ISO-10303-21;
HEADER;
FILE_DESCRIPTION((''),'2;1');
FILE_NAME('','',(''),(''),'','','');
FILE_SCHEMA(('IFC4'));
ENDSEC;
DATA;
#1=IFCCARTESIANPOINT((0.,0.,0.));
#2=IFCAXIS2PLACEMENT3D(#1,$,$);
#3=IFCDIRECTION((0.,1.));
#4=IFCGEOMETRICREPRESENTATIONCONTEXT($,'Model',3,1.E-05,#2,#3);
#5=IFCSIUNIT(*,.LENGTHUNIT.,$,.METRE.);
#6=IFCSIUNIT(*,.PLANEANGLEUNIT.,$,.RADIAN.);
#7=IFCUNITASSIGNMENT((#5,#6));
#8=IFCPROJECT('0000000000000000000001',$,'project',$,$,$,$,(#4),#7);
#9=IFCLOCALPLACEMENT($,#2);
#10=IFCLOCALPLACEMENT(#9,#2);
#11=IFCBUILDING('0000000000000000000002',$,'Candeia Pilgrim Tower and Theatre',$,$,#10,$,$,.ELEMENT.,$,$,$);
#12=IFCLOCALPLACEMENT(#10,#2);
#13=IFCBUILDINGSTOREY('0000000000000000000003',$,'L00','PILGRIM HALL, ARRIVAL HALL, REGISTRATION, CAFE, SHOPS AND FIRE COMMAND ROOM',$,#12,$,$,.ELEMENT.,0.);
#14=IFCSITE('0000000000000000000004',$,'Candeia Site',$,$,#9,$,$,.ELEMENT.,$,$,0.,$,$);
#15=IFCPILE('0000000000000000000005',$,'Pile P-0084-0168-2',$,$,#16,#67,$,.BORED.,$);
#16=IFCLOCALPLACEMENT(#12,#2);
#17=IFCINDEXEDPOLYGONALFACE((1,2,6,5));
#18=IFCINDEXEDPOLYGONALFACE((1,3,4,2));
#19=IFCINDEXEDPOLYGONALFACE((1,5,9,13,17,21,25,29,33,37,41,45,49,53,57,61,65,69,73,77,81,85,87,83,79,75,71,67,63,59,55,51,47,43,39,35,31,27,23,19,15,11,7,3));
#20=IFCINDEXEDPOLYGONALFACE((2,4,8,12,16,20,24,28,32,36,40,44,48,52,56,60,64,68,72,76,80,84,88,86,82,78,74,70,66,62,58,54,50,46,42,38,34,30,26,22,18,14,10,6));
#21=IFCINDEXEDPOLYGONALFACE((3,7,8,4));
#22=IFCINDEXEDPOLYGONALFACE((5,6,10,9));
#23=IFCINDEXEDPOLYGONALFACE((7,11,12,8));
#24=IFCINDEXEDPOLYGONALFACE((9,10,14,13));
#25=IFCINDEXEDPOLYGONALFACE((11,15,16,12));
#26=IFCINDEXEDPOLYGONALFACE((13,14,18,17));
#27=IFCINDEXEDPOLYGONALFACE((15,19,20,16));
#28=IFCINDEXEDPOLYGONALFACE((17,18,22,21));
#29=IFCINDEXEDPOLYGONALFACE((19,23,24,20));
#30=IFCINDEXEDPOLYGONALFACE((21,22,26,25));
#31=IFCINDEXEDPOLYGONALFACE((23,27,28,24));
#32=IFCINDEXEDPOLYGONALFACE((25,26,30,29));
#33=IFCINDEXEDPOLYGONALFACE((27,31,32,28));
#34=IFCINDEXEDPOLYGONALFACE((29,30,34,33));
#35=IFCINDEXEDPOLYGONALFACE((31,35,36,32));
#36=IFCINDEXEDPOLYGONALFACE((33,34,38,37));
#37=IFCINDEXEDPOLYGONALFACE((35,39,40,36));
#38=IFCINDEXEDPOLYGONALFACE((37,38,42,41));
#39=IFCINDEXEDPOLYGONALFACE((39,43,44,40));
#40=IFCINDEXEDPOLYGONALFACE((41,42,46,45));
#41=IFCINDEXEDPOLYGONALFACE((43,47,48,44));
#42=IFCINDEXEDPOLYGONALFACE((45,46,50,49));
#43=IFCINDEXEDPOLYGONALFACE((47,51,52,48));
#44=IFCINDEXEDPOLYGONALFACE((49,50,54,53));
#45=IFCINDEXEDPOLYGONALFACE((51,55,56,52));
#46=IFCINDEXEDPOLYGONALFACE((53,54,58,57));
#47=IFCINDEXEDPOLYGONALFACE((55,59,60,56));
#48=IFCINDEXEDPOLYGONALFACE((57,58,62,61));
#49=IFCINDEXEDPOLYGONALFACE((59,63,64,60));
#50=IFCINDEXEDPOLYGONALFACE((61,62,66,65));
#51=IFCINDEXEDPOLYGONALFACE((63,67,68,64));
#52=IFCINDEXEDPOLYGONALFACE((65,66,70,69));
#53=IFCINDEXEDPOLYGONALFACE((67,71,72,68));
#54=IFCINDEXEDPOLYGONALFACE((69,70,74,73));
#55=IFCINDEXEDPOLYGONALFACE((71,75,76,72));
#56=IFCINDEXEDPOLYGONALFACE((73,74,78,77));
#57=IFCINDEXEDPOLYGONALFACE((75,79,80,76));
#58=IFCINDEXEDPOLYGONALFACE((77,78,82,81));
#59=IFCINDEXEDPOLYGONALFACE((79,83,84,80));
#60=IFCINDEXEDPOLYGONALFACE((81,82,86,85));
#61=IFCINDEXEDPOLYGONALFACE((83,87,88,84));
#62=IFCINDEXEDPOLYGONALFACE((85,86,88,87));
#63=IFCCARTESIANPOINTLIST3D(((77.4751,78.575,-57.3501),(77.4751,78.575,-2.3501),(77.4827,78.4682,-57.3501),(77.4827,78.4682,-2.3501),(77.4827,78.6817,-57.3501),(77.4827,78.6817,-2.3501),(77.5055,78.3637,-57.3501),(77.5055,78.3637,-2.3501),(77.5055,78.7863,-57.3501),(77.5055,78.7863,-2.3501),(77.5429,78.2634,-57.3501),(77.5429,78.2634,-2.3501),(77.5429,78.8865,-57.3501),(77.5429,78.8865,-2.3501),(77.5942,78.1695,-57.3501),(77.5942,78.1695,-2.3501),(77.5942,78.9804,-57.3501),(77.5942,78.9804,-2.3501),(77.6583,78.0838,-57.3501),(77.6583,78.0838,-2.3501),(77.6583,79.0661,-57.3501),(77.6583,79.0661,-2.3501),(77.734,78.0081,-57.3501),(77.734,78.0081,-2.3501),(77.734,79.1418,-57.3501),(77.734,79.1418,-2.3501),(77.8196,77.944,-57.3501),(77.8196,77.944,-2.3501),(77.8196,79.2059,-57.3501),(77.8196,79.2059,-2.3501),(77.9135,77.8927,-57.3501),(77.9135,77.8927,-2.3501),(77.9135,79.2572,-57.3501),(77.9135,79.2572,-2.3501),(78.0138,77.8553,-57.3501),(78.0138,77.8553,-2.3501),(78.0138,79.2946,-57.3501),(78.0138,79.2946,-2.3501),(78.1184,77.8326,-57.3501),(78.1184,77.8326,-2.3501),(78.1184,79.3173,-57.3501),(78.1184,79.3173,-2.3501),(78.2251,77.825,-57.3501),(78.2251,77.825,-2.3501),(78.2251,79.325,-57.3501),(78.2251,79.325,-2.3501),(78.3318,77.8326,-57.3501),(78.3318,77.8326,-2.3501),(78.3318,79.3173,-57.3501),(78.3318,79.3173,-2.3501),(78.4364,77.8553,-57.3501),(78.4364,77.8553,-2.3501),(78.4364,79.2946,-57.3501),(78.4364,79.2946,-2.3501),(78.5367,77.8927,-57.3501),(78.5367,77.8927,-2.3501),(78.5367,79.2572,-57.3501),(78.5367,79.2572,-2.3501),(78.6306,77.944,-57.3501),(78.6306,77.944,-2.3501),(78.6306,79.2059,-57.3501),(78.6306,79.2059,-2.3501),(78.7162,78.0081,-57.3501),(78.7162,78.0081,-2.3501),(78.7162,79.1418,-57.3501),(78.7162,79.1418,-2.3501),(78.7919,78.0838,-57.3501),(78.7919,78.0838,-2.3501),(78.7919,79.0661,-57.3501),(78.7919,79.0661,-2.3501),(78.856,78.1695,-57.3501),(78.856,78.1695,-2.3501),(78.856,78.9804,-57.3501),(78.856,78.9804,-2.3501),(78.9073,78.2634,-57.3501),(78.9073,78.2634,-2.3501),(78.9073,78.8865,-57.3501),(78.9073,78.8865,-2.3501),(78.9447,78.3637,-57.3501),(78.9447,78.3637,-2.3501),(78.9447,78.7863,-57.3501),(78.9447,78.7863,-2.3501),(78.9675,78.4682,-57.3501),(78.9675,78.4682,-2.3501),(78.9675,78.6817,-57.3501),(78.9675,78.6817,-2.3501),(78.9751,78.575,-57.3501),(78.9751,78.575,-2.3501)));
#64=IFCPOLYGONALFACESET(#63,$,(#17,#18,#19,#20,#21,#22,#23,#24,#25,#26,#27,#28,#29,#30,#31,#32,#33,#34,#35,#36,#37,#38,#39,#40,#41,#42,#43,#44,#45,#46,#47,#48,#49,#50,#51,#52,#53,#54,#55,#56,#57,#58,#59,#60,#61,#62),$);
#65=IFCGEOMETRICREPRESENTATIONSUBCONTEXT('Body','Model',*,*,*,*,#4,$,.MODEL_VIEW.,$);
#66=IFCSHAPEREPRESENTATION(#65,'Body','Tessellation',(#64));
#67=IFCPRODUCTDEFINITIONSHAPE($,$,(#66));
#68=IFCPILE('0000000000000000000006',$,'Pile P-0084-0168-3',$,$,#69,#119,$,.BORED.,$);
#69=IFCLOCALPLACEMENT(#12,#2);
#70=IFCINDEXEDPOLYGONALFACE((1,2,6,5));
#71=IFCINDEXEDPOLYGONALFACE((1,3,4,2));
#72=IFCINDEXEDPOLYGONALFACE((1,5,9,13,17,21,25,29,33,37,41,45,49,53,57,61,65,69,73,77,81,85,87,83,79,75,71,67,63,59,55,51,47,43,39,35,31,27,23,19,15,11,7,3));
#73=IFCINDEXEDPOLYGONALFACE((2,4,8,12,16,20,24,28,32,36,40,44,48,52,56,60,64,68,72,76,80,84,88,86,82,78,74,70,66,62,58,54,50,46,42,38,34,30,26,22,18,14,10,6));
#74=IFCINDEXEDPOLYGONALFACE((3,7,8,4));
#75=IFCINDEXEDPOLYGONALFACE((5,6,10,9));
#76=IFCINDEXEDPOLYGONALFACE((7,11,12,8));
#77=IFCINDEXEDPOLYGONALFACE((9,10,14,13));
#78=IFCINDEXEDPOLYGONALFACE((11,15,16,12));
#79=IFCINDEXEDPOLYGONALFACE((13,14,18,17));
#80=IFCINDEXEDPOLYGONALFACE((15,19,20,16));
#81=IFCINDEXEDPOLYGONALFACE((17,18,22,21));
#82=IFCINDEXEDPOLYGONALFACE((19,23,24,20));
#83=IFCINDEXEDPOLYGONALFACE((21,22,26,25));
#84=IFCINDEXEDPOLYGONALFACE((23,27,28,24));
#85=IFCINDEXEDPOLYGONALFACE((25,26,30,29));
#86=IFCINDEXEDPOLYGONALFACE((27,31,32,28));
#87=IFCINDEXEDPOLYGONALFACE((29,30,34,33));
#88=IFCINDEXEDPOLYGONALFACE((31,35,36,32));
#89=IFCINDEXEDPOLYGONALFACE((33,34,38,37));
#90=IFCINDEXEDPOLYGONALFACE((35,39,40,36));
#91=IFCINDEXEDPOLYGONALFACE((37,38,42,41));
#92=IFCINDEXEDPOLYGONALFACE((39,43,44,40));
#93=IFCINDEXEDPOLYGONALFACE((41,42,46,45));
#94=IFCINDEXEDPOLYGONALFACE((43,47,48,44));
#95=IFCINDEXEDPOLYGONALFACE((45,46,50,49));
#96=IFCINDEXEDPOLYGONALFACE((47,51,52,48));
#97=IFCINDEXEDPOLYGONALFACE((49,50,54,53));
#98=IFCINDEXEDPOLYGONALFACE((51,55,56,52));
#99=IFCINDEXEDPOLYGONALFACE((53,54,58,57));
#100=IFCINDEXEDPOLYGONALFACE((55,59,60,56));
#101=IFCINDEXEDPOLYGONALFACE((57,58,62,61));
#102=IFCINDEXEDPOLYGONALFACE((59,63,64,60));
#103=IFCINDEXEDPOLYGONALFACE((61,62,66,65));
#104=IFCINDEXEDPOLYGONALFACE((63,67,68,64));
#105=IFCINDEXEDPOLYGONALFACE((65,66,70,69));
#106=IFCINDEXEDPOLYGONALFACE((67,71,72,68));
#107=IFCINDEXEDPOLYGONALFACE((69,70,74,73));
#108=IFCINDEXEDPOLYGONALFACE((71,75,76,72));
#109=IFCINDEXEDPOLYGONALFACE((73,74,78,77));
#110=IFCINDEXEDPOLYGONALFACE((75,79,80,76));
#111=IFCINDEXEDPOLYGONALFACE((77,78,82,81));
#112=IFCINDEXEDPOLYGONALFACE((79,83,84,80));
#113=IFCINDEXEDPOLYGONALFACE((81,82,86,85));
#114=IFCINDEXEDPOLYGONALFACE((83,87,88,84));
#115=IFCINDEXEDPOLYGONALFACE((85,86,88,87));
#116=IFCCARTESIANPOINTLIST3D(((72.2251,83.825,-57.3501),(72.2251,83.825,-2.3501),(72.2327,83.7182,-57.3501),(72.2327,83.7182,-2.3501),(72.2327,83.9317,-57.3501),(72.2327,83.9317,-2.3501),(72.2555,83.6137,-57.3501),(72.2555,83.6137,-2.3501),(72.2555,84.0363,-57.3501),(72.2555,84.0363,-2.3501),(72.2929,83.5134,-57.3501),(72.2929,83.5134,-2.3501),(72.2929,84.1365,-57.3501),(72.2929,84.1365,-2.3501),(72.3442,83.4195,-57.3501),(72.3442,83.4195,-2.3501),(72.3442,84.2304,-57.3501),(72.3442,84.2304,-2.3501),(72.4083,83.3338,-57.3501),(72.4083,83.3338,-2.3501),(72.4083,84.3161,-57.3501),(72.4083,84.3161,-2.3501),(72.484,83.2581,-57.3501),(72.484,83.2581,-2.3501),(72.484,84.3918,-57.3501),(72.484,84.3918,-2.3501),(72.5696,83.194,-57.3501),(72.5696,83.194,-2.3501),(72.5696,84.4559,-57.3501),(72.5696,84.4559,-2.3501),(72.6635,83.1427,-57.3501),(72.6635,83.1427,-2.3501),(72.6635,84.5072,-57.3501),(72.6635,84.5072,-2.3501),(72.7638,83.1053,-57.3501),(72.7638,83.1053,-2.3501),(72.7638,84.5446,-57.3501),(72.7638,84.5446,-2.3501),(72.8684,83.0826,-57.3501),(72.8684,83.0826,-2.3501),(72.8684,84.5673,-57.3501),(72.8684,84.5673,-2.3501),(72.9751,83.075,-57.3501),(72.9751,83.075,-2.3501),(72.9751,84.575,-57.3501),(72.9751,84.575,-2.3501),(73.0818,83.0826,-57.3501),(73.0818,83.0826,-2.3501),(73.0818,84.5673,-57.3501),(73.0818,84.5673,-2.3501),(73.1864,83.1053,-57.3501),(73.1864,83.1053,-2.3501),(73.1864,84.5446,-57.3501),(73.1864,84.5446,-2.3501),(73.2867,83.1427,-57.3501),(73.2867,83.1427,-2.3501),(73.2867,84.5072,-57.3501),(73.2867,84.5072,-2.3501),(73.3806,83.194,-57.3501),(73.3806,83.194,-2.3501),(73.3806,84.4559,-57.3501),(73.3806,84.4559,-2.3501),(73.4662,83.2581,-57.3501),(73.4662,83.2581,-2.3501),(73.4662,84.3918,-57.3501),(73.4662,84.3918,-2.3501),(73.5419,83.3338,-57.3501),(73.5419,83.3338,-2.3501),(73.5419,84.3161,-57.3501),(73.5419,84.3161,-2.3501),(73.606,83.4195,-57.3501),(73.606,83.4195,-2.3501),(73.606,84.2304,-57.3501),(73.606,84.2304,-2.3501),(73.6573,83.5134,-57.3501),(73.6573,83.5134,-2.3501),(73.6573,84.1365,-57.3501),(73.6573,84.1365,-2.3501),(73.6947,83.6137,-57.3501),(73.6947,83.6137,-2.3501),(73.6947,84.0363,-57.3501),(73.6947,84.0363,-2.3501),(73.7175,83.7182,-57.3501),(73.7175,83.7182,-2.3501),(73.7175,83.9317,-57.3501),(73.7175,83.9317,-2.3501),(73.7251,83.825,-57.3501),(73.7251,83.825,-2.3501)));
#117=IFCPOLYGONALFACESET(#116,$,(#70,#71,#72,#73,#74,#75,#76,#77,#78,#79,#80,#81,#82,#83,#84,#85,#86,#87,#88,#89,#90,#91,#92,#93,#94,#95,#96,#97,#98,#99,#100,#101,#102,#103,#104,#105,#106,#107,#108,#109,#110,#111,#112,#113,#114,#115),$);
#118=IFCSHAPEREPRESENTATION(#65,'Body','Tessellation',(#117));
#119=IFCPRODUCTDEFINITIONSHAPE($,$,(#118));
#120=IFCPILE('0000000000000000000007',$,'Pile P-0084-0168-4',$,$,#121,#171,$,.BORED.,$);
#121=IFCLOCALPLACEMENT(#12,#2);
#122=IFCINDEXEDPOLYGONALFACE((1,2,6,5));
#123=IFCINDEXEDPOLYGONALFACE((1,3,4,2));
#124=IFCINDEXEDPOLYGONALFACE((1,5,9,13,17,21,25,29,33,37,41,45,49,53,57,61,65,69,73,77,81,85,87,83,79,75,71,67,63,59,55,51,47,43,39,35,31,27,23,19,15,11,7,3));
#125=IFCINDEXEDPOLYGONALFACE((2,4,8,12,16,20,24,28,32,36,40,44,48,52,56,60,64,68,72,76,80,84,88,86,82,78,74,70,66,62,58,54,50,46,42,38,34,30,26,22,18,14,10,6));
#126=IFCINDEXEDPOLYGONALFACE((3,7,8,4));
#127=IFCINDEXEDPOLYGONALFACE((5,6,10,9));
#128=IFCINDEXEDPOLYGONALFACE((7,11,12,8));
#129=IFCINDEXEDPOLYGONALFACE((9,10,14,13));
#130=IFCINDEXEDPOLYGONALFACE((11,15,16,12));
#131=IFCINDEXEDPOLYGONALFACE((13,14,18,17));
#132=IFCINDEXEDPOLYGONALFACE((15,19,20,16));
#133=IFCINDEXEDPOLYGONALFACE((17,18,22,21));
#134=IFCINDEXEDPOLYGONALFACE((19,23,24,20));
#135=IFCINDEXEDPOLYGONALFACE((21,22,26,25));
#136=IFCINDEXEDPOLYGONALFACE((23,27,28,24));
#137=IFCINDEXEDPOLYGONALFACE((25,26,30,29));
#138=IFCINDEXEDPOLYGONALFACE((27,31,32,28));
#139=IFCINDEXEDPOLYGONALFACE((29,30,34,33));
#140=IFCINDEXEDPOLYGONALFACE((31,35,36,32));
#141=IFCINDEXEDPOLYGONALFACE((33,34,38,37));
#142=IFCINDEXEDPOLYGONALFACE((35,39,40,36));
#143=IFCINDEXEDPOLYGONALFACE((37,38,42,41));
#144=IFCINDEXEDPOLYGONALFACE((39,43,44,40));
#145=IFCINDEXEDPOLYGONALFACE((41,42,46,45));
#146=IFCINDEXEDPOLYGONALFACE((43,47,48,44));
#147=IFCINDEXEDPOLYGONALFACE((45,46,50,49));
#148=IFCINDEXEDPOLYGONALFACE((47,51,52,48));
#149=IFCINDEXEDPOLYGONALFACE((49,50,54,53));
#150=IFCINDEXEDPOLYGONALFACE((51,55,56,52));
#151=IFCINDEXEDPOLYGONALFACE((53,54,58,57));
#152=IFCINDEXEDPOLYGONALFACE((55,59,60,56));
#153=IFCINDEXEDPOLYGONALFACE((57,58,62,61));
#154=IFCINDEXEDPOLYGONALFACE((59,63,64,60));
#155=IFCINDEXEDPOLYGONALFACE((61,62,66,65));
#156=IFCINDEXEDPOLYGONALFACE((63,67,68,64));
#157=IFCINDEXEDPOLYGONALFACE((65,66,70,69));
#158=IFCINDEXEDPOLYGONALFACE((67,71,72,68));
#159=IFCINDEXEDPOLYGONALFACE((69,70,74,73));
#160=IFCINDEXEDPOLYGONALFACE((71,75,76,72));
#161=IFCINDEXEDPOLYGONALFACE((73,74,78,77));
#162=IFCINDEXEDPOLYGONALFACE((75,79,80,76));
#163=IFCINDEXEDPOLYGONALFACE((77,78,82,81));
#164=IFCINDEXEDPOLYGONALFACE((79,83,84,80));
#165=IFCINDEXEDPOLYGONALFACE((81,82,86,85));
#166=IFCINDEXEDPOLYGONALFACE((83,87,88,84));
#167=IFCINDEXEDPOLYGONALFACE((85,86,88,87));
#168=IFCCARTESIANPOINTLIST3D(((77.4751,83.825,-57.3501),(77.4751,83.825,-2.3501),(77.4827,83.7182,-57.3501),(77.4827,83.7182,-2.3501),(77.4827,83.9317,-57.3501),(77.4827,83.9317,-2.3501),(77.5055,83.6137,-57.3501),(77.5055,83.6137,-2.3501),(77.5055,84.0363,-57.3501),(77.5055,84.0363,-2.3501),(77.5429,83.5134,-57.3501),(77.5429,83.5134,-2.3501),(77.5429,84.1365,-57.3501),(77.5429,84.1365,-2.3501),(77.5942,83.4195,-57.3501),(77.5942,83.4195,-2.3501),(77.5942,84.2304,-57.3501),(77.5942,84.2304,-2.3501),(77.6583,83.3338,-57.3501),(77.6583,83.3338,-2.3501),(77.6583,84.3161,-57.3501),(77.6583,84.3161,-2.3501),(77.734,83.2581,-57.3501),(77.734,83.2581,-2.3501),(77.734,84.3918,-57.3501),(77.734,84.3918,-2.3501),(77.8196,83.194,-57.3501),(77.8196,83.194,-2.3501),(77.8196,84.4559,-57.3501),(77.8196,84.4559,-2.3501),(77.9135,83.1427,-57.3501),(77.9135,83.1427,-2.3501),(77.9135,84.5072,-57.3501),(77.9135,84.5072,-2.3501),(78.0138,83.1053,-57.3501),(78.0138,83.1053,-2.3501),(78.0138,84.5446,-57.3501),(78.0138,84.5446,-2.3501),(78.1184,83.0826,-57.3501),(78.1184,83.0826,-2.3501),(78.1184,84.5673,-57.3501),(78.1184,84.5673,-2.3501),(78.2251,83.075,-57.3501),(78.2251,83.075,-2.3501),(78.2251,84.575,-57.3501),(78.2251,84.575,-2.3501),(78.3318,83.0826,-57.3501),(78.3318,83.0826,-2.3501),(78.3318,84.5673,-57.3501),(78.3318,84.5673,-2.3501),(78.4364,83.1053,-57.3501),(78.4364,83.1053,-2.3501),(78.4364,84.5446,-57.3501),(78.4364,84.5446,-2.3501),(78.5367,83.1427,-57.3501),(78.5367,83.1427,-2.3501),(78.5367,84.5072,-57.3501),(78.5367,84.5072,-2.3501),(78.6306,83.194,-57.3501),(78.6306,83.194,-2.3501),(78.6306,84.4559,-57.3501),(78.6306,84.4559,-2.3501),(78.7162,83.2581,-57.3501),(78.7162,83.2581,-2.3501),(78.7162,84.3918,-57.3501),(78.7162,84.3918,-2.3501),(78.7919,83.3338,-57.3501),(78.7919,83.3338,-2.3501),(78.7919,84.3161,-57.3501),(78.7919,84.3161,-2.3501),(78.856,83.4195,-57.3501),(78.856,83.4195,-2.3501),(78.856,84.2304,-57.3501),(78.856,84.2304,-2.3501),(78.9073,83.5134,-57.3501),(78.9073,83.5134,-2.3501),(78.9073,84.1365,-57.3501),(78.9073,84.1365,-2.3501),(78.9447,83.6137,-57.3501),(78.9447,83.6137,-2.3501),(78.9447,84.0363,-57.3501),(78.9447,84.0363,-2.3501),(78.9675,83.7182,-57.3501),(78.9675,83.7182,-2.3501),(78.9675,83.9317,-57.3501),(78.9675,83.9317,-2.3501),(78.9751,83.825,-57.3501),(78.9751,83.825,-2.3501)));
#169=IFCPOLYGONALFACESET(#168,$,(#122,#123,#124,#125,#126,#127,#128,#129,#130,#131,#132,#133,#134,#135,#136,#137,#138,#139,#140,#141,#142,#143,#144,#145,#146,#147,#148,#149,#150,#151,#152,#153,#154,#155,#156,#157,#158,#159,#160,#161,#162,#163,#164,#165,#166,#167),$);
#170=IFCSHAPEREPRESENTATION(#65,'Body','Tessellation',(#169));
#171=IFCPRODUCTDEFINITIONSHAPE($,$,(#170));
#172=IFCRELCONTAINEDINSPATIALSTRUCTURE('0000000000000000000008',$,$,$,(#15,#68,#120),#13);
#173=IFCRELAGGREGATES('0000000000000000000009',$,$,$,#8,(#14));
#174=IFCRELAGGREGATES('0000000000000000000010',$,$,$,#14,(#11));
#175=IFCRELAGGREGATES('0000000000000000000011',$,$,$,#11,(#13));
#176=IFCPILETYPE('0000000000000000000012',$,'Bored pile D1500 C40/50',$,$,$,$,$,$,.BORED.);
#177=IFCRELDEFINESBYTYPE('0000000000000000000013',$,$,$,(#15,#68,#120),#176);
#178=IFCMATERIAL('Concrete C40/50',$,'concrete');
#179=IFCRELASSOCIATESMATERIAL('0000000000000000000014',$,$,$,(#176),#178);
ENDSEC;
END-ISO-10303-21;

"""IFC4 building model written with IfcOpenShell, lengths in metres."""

from ifc_helpers import new_model, si_unit, direction, frame, origin, origin_2d, place, context, subcontext, project, spatial, circle, extrude, material, material_profile, profile_set, type_object, element, save


model = new_model("IFC4")

# Units and contexts
model_context = context("Model", 3, precision=1e-05, world=origin(), true_north=direction((0.0, 1.0)))
body_context = subcontext(model_context, "Body", "Model", "MODEL_VIEW")
ifc_project = project(units=[si_unit("LENGTHUNIT", "METRE"), si_unit("PLANEANGLEUNIT", "RADIAN")], contexts=[model_context])

# Site, building, storey
site_placement = place(None, origin())
site = spatial("IfcSite", under=ifc_project, at=site_placement, Name="Candeia Site", CompositionType="ELEMENT", RefElevation=0.0)
building_placement = place(site_placement, origin())
building = spatial("IfcBuilding", under=site, at=building_placement, Name="Candeia Pilgrim Tower and Theatre", CompositionType="ELEMENT")
storey_placement = place(building_placement, origin())
storey = spatial("IfcBuildingStorey", under=building, at=storey_placement, Name="L00", Description="PILGRIM HALL, ARRIVAL HALL, REGISTRATION, CAFE, SHOPS AND FIRE COMMAND ROOM", CompositionType="ELEMENT", Elevation=0.0)

# Piles
ifc_material_1 = material(Name="Concrete C40/50", Category="concrete")
ifc_material_profile_1 = material_profile(ifc_material_1, circle(Radius=0.75, at=origin_2d()))
ifc_profile_set_1 = profile_set([ifc_material_profile_1], Name="Concrete C40/50")
pile_type = type_object("IfcPileType", Name="Bored pile D1500 C40/50", PredefinedType="BORED", material=ifc_profile_set_1)
for number, where, z_axis, x_axis, name in (
    (1, (78.2251, 78.575, -2.3501), (0.0, 0.0, -1.0), (1.0, 0.0, 0.0), "Pile P-0084-0168-2"),
    (2, (72.9751, 83.825, -2.3501), (0.0, 0.0, -1.0), (1.0, 0.0, 0.0), "Pile P-0084-0168-3"),
    (3, (78.2251, 83.825, -2.3501), (0.0, 0.0, -1.0), (1.0, 0.0, 0.0), "Pile P-0084-0168-4"),
):
    element("IfcPile", number, at=place(storey_placement, frame(where, z_axis=z_axis, x_axis=x_axis)), inside=storey, type_object=pile_type, Name=name, PredefinedType="BORED", context=body_context, shape_type="SweptSolid", body=[
        extrude(circle(Radius=0.75, at=origin_2d()), origin(), (0.0, 0.0, 1.0), 55.0),
    ])

save(model, "model.ifc")
